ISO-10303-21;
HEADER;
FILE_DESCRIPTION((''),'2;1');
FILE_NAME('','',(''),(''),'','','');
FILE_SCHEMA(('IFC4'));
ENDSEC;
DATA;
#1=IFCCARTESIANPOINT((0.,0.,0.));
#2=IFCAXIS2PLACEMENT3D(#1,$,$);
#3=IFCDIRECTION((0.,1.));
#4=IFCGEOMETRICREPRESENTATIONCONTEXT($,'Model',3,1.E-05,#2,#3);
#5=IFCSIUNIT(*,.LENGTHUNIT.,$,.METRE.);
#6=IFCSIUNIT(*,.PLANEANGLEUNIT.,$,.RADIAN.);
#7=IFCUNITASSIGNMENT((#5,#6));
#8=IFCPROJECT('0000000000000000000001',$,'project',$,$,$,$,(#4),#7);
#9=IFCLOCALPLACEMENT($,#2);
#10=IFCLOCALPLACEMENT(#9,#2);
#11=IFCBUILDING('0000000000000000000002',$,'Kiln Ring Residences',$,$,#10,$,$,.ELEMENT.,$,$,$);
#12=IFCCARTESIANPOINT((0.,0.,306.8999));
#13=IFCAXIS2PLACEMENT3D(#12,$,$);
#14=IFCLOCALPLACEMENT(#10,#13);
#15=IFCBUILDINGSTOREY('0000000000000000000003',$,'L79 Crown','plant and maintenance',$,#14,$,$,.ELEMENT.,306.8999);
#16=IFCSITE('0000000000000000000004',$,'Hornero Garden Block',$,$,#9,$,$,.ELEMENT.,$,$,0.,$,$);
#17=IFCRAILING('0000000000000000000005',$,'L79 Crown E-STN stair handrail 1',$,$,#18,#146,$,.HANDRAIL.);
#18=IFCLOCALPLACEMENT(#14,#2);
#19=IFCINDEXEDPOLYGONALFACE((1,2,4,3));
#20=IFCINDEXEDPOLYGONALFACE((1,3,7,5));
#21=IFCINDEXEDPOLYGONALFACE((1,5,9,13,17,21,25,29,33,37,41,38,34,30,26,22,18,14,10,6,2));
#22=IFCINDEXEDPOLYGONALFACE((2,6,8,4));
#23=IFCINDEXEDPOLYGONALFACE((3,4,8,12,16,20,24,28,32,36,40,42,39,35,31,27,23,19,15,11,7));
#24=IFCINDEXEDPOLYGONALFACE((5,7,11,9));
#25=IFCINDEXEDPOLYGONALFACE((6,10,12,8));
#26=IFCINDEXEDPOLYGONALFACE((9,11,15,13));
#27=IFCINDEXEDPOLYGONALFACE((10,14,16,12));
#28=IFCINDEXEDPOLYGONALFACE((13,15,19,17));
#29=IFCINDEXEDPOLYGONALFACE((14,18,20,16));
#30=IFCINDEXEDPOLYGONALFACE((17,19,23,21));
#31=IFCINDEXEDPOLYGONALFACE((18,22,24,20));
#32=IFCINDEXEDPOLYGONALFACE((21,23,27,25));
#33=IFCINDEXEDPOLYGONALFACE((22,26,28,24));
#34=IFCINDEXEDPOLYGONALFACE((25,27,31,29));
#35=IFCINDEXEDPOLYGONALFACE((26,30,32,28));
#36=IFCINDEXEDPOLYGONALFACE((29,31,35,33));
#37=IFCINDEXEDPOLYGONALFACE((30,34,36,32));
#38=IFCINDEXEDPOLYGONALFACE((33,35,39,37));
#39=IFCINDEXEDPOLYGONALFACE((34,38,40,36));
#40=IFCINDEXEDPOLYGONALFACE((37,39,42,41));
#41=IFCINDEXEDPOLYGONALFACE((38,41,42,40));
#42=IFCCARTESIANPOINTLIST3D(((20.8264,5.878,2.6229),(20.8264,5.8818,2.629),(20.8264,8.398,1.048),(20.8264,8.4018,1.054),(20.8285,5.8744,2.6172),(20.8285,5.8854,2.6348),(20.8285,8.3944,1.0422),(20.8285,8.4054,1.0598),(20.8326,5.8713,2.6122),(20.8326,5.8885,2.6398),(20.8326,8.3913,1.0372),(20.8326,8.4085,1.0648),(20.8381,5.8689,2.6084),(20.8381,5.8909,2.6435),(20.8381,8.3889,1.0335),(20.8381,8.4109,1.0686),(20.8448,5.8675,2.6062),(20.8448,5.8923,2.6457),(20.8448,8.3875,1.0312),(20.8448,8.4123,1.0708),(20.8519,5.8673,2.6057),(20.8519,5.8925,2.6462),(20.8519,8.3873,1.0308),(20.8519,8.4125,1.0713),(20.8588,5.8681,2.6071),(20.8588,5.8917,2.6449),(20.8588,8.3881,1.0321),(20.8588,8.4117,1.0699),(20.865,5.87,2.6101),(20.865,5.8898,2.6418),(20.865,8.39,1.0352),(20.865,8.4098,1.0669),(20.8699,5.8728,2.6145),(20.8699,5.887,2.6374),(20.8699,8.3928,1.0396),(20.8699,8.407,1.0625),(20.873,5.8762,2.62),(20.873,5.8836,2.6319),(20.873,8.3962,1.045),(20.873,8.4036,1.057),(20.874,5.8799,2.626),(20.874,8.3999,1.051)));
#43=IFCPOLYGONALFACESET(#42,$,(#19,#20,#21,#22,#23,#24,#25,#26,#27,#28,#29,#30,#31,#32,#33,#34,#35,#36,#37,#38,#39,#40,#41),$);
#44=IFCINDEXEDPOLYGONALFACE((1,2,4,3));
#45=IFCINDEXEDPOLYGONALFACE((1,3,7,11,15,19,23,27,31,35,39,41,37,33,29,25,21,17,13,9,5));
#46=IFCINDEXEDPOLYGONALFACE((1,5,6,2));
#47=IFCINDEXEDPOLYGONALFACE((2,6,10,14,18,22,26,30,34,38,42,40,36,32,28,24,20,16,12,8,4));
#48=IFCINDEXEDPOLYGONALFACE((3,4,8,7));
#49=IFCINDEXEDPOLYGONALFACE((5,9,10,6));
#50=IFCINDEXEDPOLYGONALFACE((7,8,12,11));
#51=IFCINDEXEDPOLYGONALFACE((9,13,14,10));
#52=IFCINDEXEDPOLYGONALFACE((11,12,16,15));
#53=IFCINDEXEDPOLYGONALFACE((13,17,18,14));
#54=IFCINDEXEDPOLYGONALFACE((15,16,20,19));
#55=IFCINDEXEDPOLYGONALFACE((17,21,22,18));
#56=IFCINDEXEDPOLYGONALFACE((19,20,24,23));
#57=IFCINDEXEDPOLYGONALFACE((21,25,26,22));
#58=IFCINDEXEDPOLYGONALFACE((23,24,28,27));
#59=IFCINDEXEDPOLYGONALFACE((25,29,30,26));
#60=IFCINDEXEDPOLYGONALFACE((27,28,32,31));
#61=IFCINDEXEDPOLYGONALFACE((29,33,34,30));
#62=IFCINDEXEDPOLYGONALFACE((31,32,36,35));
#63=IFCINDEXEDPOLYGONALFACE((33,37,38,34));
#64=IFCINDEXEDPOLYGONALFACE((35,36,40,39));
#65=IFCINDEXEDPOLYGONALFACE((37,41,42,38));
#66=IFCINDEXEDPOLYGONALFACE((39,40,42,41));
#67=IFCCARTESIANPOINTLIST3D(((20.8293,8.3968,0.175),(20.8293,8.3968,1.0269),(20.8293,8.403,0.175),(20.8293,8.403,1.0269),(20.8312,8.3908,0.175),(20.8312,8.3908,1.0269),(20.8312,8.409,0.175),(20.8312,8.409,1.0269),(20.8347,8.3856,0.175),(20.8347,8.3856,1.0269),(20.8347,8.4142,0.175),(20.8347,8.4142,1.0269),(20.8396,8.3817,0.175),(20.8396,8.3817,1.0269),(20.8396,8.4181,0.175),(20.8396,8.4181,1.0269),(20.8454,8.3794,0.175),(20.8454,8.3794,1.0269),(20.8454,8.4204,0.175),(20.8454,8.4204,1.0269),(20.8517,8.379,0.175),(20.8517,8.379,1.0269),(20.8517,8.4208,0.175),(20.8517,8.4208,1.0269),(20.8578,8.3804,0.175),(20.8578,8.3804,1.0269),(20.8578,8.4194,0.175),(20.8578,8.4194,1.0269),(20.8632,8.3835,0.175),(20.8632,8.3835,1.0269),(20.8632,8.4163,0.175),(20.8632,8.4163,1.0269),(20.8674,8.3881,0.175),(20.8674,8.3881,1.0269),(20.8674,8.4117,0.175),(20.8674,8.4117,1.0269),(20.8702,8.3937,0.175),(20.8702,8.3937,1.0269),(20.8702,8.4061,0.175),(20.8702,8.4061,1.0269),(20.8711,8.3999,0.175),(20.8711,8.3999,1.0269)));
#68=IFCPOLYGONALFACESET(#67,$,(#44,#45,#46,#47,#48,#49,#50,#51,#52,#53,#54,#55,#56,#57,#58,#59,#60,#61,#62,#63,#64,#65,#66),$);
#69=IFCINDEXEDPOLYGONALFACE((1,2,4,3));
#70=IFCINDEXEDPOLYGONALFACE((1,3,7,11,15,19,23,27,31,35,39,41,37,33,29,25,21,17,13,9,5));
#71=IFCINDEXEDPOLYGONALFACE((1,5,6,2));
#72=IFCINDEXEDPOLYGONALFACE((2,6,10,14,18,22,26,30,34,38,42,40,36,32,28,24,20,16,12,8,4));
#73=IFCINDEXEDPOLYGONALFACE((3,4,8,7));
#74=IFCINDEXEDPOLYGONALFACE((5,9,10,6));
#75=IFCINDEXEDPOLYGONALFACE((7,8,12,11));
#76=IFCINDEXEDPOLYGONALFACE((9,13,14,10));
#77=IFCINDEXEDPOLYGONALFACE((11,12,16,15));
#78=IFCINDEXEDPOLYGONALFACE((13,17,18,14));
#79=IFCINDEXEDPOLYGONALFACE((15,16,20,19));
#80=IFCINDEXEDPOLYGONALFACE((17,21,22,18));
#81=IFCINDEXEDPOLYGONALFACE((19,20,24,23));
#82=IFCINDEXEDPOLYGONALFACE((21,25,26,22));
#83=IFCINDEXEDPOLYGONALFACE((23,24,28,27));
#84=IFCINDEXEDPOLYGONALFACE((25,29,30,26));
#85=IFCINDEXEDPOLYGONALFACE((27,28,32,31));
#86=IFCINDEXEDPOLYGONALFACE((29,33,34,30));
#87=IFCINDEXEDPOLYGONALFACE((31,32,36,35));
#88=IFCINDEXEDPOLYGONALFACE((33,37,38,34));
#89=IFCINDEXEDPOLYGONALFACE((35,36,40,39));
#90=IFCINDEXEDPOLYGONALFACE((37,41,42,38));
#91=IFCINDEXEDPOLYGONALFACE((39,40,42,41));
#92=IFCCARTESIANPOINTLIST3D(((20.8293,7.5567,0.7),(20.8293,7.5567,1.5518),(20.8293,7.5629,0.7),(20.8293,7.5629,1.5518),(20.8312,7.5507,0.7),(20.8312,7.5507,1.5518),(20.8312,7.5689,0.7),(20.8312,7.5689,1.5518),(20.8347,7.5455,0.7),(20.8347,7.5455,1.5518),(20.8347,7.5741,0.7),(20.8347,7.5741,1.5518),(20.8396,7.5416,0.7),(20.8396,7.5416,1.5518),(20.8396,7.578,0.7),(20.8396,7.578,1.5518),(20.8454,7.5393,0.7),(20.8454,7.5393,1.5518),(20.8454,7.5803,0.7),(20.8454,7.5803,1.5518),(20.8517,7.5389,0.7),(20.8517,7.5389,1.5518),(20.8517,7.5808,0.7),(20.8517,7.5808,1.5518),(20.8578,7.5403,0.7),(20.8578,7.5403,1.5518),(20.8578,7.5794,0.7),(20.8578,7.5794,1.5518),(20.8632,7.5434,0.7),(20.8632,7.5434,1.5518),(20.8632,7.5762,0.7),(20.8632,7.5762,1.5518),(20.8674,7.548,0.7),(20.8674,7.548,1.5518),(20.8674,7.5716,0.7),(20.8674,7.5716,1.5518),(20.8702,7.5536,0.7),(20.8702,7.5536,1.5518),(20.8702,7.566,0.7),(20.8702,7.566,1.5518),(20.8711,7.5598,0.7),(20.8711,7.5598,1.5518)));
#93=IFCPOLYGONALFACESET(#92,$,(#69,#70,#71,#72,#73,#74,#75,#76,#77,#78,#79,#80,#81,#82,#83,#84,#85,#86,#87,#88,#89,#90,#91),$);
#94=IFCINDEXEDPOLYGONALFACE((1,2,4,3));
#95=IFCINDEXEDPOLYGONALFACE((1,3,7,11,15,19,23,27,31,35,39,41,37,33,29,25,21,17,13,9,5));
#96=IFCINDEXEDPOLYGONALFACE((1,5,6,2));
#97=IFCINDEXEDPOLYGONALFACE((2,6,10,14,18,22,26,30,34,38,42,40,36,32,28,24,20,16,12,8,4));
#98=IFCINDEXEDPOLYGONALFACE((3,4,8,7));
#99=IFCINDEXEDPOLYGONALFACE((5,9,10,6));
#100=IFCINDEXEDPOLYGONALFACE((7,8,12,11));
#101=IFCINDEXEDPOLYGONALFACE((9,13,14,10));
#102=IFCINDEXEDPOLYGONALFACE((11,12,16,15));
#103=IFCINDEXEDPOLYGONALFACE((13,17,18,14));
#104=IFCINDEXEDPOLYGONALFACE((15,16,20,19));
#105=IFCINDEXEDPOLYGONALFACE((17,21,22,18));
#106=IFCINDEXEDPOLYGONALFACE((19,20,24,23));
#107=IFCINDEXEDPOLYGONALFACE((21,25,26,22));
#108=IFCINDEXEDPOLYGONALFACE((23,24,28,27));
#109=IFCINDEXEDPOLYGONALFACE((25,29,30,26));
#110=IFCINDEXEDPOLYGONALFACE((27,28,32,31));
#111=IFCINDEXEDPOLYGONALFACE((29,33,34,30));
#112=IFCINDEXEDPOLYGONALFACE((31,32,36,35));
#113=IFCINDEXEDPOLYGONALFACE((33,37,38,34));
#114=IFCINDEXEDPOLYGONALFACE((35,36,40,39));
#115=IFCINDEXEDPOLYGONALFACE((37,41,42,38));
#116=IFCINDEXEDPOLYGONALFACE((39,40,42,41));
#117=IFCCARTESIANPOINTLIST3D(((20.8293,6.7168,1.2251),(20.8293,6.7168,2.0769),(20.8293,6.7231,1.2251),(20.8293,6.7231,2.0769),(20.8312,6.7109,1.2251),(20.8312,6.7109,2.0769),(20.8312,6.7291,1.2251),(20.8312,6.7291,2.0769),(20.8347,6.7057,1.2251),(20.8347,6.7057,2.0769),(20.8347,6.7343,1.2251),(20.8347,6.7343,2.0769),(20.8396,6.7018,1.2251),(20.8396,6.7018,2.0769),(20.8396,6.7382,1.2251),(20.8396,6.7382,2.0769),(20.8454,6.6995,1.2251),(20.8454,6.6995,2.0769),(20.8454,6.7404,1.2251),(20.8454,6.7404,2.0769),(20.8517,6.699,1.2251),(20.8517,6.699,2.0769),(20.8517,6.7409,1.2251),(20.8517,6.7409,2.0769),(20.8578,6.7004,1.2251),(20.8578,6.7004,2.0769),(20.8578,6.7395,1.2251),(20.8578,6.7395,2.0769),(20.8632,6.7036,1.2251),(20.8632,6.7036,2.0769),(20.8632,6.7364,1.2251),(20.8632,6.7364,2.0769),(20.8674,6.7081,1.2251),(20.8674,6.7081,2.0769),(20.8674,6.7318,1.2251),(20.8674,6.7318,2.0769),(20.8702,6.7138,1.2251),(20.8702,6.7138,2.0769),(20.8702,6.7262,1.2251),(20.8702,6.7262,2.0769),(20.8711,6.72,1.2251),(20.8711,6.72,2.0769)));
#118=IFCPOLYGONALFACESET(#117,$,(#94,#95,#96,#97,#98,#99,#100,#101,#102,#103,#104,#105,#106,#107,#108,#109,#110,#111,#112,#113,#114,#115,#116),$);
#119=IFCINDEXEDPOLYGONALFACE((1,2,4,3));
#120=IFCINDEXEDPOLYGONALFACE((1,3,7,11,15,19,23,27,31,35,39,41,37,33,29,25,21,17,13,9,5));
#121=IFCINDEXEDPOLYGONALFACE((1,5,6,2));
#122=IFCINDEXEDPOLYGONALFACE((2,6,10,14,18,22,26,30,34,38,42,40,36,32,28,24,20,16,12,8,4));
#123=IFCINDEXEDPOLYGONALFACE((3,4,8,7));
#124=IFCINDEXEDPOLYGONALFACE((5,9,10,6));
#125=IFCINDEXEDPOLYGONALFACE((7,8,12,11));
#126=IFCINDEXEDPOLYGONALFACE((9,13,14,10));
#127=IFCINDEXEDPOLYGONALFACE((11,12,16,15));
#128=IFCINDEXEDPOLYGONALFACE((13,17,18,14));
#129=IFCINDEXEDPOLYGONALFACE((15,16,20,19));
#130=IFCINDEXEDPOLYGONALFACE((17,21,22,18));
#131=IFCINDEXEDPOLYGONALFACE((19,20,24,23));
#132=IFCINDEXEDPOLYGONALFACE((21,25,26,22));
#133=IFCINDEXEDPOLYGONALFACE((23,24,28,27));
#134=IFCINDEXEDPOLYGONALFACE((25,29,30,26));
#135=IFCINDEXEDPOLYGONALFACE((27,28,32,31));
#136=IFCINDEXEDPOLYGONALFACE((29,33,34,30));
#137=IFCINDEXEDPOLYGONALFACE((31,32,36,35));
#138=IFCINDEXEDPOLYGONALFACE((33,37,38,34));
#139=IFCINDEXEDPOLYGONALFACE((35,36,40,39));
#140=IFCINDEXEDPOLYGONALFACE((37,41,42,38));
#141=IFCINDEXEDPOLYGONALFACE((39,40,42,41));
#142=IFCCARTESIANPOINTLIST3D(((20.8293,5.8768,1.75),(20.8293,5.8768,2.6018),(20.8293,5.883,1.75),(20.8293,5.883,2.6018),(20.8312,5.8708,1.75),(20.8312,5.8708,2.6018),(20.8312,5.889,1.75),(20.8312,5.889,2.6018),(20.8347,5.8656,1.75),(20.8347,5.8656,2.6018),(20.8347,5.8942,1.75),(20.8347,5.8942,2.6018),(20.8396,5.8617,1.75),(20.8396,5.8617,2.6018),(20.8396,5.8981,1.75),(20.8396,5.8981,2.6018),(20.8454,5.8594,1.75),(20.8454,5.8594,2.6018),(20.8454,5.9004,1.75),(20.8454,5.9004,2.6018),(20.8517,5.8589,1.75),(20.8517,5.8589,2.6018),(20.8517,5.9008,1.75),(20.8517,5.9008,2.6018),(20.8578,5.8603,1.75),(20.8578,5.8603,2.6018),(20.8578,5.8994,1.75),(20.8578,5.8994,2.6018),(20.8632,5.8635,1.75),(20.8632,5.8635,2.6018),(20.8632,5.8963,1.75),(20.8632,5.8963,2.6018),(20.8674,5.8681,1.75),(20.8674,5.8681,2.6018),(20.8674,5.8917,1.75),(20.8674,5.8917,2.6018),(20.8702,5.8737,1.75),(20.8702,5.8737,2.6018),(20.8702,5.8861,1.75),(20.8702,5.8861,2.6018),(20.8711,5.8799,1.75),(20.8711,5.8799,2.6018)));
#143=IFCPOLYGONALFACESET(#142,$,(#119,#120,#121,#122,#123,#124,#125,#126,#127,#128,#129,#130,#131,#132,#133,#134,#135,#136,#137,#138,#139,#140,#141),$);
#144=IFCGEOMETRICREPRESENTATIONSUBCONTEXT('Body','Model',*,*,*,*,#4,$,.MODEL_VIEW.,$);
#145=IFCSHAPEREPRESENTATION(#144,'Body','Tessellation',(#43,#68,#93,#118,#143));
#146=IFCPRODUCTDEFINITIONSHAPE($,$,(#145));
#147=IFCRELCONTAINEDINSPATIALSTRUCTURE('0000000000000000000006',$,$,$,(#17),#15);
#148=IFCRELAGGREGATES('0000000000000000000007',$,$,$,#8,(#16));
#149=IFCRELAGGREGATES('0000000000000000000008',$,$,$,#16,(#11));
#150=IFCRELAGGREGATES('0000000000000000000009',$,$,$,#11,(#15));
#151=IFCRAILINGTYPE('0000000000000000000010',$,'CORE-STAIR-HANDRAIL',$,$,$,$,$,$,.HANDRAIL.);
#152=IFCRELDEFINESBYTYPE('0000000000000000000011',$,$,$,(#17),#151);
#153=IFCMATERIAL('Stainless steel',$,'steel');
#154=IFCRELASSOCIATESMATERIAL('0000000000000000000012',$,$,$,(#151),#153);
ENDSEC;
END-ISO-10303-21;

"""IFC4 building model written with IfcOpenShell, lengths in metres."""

from ifc_helpers import new_model, si_unit, direction, frame, origin, origin_2d, place, context, subcontext, project, spatial, circle, extrude, material, type_object, element, save


model = new_model("IFC4")

# Units and contexts
model_context = context("Model", 3, precision=1e-05, world=origin(), true_north=direction((0.0, 1.0)))
body_context = subcontext(model_context, "Body", "Model", "MODEL_VIEW")
ifc_project = project(units=[si_unit("LENGTHUNIT", "METRE"), si_unit("PLANEANGLEUNIT", "RADIAN")], contexts=[model_context])

# Site, building, storey
site_placement = place(None, origin())
site = spatial("IfcSite", under=ifc_project, at=site_placement, Name="Hornero Garden Block", CompositionType="ELEMENT", RefElevation=0.0)
building_placement = place(site_placement, origin())
building = spatial("IfcBuilding", under=site, at=building_placement, Name="Kiln Ring Residences", CompositionType="ELEMENT")
storey_placement = place(building_placement, frame((0.0, 0.0, 306.8999)))
storey = spatial("IfcBuildingStorey", under=building, at=storey_placement, Name="L79 Crown", Description="plant and maintenance", CompositionType="ELEMENT", Elevation=306.8999)

# Railing
ifc_material_1 = material(Name="Stainless steel", Category="steel")
railing_type_1 = type_object("IfcRailingType", Name="CORE-STAIR-HANDRAIL", PredefinedType="HANDRAIL", material=ifc_material_1)
railing_1_placement = place(storey_placement, frame((20.8501, 8.3999, 0.175)))
element("IfcRailing", 1, at=railing_1_placement, inside=storey, type_object=railing_type_1, Name="L79 Crown E-STN stair handrail 1", PredefinedType="HANDRAIL", context=body_context, shape_type="SweptSolid", body=[
    extrude(circle(Radius=0.0239, at=origin_2d()), frame((0.0, 0.0, 0.876), z_axis=(0.0, -0.848008, 0.529984), x_axis=(1.0, 0.0, 0.0)), (0.0, 0.0, 1.0), 2.9717),
    extrude(circle(Radius=0.021, at=origin_2d()), origin(), (0.0, 0.0, 1.0), 0.8518),
    extrude(circle(Radius=0.021, at=origin_2d()), frame((0.0, -0.8401, 0.5249)), (0.0, 0.0, 1.0), 0.8518),
    extrude(circle(Radius=0.021, at=origin_2d()), frame((0.0, -1.6799, 1.05)), (0.0, 0.0, 1.0), 0.8518),
    extrude(circle(Radius=0.021, at=origin_2d()), frame((0.0, -2.52, 1.575)), (0.0, 0.0, 1.0), 0.8518),
])

save(model, "model.ifc")
